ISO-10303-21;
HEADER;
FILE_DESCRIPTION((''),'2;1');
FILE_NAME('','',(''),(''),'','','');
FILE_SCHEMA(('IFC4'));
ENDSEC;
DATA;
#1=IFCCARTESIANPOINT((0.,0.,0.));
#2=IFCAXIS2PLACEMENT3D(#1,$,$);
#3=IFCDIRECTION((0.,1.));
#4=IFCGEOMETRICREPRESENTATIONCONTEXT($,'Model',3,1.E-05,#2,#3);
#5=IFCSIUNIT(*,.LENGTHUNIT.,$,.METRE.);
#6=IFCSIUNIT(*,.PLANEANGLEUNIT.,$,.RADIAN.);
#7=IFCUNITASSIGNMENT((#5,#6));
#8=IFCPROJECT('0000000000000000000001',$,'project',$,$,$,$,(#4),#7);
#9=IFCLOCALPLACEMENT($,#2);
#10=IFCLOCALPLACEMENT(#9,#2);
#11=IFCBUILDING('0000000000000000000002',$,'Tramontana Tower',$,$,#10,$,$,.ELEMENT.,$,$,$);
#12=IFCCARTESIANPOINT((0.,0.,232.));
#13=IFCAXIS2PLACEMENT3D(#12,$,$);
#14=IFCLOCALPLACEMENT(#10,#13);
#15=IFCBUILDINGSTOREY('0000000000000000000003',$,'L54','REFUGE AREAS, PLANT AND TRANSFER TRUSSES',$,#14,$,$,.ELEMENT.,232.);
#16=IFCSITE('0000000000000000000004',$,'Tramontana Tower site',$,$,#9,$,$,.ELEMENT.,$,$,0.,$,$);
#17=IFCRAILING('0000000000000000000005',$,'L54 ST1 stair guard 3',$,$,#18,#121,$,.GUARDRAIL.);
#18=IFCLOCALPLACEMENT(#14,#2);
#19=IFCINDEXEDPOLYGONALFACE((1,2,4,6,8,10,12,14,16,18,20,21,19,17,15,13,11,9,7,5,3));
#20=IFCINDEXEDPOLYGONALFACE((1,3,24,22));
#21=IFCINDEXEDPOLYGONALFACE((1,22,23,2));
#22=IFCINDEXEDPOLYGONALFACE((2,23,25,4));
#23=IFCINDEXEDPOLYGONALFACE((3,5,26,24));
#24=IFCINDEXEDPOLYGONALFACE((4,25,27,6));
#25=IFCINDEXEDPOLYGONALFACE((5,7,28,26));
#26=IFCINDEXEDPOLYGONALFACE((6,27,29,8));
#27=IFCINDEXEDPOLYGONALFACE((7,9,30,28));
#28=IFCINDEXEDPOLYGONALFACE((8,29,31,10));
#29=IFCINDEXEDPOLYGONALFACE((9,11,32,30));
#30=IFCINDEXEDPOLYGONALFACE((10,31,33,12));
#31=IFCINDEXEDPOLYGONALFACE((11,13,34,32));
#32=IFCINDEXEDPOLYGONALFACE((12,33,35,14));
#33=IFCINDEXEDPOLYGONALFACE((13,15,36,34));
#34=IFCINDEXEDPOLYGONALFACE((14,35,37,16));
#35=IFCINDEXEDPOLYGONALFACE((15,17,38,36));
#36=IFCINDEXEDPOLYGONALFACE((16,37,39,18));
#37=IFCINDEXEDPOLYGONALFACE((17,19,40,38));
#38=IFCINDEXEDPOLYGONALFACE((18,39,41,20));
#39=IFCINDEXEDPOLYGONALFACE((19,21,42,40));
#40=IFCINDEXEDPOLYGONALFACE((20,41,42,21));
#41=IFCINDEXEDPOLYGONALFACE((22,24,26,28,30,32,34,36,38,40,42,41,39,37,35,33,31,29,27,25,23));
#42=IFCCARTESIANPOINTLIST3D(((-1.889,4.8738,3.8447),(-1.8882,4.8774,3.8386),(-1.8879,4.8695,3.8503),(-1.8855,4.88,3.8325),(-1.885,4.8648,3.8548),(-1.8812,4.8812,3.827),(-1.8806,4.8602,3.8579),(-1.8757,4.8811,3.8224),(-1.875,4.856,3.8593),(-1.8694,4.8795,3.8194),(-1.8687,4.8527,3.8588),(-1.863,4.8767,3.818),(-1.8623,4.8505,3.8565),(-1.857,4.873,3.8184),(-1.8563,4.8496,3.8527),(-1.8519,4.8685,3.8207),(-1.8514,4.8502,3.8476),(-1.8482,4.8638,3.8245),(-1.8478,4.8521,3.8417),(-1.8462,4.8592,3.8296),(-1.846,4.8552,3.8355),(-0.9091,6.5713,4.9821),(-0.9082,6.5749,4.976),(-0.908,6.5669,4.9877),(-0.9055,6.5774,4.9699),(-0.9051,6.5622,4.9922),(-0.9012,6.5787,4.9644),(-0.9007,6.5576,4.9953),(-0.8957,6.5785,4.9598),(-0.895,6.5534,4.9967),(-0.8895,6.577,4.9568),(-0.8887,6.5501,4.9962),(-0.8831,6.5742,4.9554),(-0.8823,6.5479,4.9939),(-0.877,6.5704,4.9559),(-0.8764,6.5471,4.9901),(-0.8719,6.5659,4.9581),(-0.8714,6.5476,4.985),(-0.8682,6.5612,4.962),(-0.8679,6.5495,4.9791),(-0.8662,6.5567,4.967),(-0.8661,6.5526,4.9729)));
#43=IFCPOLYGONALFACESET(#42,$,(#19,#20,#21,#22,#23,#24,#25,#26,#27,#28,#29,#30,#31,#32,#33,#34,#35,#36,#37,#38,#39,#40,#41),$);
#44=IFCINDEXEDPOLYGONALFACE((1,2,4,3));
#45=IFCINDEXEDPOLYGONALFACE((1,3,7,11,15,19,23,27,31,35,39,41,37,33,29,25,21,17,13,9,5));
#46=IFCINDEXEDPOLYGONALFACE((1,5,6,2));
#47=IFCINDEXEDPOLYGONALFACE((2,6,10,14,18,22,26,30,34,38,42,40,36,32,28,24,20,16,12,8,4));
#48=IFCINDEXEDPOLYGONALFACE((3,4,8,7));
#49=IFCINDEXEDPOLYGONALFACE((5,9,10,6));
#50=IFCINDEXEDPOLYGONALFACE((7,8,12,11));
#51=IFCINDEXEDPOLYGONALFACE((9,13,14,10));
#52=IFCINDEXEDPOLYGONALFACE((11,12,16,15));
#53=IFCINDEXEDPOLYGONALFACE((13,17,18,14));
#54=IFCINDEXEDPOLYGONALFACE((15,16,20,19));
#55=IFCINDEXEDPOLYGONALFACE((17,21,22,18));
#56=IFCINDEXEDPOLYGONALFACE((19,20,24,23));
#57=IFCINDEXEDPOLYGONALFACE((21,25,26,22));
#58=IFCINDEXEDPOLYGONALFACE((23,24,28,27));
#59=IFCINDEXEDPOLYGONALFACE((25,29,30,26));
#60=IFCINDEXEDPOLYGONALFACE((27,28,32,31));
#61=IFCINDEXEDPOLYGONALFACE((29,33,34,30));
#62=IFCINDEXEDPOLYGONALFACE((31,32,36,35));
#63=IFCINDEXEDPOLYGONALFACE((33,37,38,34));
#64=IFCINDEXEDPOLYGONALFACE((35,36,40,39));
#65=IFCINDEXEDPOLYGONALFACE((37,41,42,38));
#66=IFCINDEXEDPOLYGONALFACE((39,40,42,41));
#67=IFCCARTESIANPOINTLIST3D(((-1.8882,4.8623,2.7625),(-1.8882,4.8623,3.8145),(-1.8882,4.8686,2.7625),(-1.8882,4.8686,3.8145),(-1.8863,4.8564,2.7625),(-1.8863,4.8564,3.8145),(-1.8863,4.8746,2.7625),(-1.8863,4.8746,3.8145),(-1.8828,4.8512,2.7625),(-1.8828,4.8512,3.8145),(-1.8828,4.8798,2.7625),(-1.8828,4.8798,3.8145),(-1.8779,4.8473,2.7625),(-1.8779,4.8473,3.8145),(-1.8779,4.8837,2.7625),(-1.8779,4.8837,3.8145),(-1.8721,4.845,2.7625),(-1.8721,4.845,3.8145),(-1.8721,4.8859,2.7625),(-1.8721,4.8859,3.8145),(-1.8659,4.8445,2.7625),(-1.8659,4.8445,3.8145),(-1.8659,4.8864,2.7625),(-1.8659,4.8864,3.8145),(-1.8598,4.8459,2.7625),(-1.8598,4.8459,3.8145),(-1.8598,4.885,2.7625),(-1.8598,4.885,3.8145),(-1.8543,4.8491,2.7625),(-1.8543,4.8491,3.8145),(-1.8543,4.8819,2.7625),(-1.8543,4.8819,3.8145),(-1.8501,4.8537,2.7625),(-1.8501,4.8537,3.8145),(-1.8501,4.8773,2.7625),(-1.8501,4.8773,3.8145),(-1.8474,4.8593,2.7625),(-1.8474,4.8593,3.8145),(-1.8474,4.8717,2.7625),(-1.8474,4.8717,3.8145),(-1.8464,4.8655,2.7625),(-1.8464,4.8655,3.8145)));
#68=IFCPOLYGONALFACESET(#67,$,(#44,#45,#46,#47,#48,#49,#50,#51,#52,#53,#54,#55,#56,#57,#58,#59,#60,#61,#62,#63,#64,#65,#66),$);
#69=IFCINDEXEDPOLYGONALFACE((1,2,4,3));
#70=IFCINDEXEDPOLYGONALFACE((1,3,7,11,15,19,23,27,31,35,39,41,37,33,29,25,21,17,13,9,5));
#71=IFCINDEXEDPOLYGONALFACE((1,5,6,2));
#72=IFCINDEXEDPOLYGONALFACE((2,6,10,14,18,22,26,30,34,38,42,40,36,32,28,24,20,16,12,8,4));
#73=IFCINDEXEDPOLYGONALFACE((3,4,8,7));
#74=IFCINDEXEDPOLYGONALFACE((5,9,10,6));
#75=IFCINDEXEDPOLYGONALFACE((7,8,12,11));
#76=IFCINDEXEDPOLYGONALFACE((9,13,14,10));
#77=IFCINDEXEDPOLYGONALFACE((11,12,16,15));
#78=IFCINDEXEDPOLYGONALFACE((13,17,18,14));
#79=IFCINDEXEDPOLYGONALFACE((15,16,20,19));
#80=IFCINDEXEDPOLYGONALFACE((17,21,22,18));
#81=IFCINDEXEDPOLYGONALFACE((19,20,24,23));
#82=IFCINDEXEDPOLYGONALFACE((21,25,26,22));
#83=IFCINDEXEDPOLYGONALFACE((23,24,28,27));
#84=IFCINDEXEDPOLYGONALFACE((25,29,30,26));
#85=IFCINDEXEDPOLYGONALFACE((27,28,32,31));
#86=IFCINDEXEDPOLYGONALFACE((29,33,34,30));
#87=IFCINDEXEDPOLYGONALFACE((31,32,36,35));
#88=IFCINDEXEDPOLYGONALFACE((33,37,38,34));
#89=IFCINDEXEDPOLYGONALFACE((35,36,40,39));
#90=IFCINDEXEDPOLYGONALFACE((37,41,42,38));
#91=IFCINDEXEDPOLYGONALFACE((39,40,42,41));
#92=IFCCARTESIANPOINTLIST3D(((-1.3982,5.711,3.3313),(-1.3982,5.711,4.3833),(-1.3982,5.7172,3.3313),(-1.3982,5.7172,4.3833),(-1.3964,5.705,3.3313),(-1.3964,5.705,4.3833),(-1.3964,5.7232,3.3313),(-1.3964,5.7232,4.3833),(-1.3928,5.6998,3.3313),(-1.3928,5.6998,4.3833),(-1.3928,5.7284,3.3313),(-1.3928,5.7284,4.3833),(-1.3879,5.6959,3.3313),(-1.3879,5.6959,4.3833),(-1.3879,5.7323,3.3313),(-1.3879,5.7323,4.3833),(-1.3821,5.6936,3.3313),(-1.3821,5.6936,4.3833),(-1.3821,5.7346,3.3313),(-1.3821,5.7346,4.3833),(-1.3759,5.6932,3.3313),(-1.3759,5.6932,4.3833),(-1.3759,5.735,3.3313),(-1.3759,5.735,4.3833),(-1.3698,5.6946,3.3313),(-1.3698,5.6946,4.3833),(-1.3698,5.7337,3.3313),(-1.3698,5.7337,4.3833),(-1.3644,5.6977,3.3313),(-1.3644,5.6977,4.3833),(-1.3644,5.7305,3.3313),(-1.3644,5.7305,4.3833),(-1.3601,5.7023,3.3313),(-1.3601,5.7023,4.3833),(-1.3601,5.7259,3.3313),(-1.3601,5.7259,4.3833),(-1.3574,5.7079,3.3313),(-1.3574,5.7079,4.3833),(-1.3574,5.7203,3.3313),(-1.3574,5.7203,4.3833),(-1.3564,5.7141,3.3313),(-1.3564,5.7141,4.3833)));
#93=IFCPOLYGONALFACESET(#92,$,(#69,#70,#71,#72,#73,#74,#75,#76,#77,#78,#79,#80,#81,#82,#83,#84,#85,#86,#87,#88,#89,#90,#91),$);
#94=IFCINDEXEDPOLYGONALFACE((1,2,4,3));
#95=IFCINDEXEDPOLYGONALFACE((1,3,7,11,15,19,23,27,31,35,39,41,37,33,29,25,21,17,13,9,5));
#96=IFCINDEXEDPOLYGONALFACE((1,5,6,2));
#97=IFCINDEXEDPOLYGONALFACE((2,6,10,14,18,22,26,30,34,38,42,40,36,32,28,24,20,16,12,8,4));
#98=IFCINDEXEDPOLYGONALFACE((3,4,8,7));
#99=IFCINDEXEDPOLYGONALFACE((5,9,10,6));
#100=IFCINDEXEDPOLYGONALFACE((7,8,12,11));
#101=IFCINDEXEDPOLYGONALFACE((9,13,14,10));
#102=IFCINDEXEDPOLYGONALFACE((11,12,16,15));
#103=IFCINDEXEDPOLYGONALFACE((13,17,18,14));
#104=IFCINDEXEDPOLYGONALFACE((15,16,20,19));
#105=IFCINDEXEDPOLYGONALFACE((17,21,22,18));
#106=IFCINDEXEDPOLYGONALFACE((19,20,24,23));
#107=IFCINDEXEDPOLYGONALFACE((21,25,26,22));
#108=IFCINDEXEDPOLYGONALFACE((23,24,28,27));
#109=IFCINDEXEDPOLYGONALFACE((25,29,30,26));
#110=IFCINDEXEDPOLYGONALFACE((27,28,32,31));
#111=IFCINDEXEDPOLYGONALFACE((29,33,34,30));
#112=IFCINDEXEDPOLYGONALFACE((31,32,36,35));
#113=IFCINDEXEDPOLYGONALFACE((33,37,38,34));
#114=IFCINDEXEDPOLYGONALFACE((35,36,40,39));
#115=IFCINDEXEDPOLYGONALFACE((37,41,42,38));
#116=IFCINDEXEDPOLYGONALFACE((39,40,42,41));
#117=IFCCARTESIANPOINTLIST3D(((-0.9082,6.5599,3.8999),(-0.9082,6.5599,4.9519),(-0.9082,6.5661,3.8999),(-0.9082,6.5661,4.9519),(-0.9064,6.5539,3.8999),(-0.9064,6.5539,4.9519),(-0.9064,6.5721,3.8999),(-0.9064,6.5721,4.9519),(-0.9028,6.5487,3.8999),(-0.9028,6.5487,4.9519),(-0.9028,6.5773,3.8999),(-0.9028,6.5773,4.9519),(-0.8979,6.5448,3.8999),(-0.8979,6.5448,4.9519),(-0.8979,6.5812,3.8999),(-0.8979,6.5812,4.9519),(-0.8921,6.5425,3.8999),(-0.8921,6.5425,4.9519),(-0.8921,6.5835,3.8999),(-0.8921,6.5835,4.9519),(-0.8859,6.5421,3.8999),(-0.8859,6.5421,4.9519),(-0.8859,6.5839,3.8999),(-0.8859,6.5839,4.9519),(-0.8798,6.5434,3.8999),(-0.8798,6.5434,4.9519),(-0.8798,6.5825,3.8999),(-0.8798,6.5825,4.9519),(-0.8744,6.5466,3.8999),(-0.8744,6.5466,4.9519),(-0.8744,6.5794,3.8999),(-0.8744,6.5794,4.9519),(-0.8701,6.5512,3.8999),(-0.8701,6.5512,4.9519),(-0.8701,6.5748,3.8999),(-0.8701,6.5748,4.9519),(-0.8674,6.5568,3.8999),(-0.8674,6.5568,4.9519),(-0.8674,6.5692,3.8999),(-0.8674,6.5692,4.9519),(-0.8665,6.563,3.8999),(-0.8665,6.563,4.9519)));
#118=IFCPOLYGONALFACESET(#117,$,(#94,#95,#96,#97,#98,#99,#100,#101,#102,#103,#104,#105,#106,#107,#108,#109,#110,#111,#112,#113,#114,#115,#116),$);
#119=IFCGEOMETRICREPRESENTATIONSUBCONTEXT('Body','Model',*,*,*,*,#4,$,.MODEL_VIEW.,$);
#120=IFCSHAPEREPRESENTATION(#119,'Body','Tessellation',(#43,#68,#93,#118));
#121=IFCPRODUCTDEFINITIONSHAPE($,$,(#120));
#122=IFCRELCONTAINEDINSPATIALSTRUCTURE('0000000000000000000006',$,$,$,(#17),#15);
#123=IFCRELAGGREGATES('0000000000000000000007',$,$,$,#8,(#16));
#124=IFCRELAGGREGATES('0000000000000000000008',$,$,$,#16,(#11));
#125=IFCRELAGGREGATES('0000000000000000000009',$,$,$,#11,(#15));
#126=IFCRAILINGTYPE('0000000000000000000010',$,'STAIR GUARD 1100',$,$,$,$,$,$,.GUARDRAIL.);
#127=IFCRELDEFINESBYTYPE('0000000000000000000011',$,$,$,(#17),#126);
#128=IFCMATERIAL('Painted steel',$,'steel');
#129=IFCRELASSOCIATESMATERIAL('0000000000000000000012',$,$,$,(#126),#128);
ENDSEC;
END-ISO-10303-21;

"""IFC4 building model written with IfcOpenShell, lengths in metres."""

from ifc_helpers import new_model, si_unit, direction, frame, origin, origin_2d, place, context, subcontext, project, spatial, circle, extrude, material, type_object, element, save


model = new_model("IFC4")

# Units and contexts
model_context = context("Model", 3, precision=1e-05, world=origin(), true_north=direction((0.0, 1.0)))
body_context = subcontext(model_context, "Body", "Model", "MODEL_VIEW")
ifc_project = project(units=[si_unit("LENGTHUNIT", "METRE"), si_unit("PLANEANGLEUNIT", "RADIAN")], contexts=[model_context])

# Site, building, storey
site_placement = place(None, origin())
site = spatial("IfcSite", under=ifc_project, at=site_placement, Name="Tramontana Tower site", CompositionType="ELEMENT", RefElevation=0.0)
building_placement = place(site_placement, origin())
building = spatial("IfcBuilding", under=site, at=building_placement, Name="Tramontana Tower", CompositionType="ELEMENT")
storey_placement = place(building_placement, frame((0.0, 0.0, 232.0)))
storey = spatial("IfcBuildingStorey", under=building, at=storey_placement, Name="L54", Description="REFUGE AREAS, PLANT AND TRANSFER TRUSSES", CompositionType="ELEMENT", Elevation=232.0)

# Railing
ifc_material_1 = material(Name="Painted steel", Category="steel")
railing_type_1 = type_object("IfcRailingType", Name="STAIR GUARD 1100", PredefinedType="GUARDRAIL", material=ifc_material_1)
railing_1_placement = place(storey_placement, frame((-1.8674, 4.8655, 2.7625)))
element("IfcRailing", 1, at=railing_1_placement, inside=storey, type_object=railing_type_1, Name="L54 ST1 stair guard 3", PredefinedType="GUARDRAIL", context=body_context, shape_type="SweptSolid", body=[
    extrude(circle(Radius=0.0239, at=origin_2d()), frame((0.0, 0.0, 1.0762), z_axis=(0.432432, 0.749053, 0.501918), x_axis=(-0.866042, 0.49997, 0.0)), (0.0, 0.0, 1.0), 2.2661),
    extrude(circle(Radius=0.021, at=origin_2d()), origin(), (0.0, 0.0, 1.0), 1.052),
    extrude(circle(Radius=0.021, at=origin_2d()), frame((0.49, 0.8486, 0.5688)), (0.0, 0.0, 1.0), 1.052),
    extrude(circle(Radius=0.021, at=origin_2d()), frame((0.98, 1.6975, 1.1375)), (0.0, 0.0, 1.0), 1.052),
])

save(model, "model.ifc")
